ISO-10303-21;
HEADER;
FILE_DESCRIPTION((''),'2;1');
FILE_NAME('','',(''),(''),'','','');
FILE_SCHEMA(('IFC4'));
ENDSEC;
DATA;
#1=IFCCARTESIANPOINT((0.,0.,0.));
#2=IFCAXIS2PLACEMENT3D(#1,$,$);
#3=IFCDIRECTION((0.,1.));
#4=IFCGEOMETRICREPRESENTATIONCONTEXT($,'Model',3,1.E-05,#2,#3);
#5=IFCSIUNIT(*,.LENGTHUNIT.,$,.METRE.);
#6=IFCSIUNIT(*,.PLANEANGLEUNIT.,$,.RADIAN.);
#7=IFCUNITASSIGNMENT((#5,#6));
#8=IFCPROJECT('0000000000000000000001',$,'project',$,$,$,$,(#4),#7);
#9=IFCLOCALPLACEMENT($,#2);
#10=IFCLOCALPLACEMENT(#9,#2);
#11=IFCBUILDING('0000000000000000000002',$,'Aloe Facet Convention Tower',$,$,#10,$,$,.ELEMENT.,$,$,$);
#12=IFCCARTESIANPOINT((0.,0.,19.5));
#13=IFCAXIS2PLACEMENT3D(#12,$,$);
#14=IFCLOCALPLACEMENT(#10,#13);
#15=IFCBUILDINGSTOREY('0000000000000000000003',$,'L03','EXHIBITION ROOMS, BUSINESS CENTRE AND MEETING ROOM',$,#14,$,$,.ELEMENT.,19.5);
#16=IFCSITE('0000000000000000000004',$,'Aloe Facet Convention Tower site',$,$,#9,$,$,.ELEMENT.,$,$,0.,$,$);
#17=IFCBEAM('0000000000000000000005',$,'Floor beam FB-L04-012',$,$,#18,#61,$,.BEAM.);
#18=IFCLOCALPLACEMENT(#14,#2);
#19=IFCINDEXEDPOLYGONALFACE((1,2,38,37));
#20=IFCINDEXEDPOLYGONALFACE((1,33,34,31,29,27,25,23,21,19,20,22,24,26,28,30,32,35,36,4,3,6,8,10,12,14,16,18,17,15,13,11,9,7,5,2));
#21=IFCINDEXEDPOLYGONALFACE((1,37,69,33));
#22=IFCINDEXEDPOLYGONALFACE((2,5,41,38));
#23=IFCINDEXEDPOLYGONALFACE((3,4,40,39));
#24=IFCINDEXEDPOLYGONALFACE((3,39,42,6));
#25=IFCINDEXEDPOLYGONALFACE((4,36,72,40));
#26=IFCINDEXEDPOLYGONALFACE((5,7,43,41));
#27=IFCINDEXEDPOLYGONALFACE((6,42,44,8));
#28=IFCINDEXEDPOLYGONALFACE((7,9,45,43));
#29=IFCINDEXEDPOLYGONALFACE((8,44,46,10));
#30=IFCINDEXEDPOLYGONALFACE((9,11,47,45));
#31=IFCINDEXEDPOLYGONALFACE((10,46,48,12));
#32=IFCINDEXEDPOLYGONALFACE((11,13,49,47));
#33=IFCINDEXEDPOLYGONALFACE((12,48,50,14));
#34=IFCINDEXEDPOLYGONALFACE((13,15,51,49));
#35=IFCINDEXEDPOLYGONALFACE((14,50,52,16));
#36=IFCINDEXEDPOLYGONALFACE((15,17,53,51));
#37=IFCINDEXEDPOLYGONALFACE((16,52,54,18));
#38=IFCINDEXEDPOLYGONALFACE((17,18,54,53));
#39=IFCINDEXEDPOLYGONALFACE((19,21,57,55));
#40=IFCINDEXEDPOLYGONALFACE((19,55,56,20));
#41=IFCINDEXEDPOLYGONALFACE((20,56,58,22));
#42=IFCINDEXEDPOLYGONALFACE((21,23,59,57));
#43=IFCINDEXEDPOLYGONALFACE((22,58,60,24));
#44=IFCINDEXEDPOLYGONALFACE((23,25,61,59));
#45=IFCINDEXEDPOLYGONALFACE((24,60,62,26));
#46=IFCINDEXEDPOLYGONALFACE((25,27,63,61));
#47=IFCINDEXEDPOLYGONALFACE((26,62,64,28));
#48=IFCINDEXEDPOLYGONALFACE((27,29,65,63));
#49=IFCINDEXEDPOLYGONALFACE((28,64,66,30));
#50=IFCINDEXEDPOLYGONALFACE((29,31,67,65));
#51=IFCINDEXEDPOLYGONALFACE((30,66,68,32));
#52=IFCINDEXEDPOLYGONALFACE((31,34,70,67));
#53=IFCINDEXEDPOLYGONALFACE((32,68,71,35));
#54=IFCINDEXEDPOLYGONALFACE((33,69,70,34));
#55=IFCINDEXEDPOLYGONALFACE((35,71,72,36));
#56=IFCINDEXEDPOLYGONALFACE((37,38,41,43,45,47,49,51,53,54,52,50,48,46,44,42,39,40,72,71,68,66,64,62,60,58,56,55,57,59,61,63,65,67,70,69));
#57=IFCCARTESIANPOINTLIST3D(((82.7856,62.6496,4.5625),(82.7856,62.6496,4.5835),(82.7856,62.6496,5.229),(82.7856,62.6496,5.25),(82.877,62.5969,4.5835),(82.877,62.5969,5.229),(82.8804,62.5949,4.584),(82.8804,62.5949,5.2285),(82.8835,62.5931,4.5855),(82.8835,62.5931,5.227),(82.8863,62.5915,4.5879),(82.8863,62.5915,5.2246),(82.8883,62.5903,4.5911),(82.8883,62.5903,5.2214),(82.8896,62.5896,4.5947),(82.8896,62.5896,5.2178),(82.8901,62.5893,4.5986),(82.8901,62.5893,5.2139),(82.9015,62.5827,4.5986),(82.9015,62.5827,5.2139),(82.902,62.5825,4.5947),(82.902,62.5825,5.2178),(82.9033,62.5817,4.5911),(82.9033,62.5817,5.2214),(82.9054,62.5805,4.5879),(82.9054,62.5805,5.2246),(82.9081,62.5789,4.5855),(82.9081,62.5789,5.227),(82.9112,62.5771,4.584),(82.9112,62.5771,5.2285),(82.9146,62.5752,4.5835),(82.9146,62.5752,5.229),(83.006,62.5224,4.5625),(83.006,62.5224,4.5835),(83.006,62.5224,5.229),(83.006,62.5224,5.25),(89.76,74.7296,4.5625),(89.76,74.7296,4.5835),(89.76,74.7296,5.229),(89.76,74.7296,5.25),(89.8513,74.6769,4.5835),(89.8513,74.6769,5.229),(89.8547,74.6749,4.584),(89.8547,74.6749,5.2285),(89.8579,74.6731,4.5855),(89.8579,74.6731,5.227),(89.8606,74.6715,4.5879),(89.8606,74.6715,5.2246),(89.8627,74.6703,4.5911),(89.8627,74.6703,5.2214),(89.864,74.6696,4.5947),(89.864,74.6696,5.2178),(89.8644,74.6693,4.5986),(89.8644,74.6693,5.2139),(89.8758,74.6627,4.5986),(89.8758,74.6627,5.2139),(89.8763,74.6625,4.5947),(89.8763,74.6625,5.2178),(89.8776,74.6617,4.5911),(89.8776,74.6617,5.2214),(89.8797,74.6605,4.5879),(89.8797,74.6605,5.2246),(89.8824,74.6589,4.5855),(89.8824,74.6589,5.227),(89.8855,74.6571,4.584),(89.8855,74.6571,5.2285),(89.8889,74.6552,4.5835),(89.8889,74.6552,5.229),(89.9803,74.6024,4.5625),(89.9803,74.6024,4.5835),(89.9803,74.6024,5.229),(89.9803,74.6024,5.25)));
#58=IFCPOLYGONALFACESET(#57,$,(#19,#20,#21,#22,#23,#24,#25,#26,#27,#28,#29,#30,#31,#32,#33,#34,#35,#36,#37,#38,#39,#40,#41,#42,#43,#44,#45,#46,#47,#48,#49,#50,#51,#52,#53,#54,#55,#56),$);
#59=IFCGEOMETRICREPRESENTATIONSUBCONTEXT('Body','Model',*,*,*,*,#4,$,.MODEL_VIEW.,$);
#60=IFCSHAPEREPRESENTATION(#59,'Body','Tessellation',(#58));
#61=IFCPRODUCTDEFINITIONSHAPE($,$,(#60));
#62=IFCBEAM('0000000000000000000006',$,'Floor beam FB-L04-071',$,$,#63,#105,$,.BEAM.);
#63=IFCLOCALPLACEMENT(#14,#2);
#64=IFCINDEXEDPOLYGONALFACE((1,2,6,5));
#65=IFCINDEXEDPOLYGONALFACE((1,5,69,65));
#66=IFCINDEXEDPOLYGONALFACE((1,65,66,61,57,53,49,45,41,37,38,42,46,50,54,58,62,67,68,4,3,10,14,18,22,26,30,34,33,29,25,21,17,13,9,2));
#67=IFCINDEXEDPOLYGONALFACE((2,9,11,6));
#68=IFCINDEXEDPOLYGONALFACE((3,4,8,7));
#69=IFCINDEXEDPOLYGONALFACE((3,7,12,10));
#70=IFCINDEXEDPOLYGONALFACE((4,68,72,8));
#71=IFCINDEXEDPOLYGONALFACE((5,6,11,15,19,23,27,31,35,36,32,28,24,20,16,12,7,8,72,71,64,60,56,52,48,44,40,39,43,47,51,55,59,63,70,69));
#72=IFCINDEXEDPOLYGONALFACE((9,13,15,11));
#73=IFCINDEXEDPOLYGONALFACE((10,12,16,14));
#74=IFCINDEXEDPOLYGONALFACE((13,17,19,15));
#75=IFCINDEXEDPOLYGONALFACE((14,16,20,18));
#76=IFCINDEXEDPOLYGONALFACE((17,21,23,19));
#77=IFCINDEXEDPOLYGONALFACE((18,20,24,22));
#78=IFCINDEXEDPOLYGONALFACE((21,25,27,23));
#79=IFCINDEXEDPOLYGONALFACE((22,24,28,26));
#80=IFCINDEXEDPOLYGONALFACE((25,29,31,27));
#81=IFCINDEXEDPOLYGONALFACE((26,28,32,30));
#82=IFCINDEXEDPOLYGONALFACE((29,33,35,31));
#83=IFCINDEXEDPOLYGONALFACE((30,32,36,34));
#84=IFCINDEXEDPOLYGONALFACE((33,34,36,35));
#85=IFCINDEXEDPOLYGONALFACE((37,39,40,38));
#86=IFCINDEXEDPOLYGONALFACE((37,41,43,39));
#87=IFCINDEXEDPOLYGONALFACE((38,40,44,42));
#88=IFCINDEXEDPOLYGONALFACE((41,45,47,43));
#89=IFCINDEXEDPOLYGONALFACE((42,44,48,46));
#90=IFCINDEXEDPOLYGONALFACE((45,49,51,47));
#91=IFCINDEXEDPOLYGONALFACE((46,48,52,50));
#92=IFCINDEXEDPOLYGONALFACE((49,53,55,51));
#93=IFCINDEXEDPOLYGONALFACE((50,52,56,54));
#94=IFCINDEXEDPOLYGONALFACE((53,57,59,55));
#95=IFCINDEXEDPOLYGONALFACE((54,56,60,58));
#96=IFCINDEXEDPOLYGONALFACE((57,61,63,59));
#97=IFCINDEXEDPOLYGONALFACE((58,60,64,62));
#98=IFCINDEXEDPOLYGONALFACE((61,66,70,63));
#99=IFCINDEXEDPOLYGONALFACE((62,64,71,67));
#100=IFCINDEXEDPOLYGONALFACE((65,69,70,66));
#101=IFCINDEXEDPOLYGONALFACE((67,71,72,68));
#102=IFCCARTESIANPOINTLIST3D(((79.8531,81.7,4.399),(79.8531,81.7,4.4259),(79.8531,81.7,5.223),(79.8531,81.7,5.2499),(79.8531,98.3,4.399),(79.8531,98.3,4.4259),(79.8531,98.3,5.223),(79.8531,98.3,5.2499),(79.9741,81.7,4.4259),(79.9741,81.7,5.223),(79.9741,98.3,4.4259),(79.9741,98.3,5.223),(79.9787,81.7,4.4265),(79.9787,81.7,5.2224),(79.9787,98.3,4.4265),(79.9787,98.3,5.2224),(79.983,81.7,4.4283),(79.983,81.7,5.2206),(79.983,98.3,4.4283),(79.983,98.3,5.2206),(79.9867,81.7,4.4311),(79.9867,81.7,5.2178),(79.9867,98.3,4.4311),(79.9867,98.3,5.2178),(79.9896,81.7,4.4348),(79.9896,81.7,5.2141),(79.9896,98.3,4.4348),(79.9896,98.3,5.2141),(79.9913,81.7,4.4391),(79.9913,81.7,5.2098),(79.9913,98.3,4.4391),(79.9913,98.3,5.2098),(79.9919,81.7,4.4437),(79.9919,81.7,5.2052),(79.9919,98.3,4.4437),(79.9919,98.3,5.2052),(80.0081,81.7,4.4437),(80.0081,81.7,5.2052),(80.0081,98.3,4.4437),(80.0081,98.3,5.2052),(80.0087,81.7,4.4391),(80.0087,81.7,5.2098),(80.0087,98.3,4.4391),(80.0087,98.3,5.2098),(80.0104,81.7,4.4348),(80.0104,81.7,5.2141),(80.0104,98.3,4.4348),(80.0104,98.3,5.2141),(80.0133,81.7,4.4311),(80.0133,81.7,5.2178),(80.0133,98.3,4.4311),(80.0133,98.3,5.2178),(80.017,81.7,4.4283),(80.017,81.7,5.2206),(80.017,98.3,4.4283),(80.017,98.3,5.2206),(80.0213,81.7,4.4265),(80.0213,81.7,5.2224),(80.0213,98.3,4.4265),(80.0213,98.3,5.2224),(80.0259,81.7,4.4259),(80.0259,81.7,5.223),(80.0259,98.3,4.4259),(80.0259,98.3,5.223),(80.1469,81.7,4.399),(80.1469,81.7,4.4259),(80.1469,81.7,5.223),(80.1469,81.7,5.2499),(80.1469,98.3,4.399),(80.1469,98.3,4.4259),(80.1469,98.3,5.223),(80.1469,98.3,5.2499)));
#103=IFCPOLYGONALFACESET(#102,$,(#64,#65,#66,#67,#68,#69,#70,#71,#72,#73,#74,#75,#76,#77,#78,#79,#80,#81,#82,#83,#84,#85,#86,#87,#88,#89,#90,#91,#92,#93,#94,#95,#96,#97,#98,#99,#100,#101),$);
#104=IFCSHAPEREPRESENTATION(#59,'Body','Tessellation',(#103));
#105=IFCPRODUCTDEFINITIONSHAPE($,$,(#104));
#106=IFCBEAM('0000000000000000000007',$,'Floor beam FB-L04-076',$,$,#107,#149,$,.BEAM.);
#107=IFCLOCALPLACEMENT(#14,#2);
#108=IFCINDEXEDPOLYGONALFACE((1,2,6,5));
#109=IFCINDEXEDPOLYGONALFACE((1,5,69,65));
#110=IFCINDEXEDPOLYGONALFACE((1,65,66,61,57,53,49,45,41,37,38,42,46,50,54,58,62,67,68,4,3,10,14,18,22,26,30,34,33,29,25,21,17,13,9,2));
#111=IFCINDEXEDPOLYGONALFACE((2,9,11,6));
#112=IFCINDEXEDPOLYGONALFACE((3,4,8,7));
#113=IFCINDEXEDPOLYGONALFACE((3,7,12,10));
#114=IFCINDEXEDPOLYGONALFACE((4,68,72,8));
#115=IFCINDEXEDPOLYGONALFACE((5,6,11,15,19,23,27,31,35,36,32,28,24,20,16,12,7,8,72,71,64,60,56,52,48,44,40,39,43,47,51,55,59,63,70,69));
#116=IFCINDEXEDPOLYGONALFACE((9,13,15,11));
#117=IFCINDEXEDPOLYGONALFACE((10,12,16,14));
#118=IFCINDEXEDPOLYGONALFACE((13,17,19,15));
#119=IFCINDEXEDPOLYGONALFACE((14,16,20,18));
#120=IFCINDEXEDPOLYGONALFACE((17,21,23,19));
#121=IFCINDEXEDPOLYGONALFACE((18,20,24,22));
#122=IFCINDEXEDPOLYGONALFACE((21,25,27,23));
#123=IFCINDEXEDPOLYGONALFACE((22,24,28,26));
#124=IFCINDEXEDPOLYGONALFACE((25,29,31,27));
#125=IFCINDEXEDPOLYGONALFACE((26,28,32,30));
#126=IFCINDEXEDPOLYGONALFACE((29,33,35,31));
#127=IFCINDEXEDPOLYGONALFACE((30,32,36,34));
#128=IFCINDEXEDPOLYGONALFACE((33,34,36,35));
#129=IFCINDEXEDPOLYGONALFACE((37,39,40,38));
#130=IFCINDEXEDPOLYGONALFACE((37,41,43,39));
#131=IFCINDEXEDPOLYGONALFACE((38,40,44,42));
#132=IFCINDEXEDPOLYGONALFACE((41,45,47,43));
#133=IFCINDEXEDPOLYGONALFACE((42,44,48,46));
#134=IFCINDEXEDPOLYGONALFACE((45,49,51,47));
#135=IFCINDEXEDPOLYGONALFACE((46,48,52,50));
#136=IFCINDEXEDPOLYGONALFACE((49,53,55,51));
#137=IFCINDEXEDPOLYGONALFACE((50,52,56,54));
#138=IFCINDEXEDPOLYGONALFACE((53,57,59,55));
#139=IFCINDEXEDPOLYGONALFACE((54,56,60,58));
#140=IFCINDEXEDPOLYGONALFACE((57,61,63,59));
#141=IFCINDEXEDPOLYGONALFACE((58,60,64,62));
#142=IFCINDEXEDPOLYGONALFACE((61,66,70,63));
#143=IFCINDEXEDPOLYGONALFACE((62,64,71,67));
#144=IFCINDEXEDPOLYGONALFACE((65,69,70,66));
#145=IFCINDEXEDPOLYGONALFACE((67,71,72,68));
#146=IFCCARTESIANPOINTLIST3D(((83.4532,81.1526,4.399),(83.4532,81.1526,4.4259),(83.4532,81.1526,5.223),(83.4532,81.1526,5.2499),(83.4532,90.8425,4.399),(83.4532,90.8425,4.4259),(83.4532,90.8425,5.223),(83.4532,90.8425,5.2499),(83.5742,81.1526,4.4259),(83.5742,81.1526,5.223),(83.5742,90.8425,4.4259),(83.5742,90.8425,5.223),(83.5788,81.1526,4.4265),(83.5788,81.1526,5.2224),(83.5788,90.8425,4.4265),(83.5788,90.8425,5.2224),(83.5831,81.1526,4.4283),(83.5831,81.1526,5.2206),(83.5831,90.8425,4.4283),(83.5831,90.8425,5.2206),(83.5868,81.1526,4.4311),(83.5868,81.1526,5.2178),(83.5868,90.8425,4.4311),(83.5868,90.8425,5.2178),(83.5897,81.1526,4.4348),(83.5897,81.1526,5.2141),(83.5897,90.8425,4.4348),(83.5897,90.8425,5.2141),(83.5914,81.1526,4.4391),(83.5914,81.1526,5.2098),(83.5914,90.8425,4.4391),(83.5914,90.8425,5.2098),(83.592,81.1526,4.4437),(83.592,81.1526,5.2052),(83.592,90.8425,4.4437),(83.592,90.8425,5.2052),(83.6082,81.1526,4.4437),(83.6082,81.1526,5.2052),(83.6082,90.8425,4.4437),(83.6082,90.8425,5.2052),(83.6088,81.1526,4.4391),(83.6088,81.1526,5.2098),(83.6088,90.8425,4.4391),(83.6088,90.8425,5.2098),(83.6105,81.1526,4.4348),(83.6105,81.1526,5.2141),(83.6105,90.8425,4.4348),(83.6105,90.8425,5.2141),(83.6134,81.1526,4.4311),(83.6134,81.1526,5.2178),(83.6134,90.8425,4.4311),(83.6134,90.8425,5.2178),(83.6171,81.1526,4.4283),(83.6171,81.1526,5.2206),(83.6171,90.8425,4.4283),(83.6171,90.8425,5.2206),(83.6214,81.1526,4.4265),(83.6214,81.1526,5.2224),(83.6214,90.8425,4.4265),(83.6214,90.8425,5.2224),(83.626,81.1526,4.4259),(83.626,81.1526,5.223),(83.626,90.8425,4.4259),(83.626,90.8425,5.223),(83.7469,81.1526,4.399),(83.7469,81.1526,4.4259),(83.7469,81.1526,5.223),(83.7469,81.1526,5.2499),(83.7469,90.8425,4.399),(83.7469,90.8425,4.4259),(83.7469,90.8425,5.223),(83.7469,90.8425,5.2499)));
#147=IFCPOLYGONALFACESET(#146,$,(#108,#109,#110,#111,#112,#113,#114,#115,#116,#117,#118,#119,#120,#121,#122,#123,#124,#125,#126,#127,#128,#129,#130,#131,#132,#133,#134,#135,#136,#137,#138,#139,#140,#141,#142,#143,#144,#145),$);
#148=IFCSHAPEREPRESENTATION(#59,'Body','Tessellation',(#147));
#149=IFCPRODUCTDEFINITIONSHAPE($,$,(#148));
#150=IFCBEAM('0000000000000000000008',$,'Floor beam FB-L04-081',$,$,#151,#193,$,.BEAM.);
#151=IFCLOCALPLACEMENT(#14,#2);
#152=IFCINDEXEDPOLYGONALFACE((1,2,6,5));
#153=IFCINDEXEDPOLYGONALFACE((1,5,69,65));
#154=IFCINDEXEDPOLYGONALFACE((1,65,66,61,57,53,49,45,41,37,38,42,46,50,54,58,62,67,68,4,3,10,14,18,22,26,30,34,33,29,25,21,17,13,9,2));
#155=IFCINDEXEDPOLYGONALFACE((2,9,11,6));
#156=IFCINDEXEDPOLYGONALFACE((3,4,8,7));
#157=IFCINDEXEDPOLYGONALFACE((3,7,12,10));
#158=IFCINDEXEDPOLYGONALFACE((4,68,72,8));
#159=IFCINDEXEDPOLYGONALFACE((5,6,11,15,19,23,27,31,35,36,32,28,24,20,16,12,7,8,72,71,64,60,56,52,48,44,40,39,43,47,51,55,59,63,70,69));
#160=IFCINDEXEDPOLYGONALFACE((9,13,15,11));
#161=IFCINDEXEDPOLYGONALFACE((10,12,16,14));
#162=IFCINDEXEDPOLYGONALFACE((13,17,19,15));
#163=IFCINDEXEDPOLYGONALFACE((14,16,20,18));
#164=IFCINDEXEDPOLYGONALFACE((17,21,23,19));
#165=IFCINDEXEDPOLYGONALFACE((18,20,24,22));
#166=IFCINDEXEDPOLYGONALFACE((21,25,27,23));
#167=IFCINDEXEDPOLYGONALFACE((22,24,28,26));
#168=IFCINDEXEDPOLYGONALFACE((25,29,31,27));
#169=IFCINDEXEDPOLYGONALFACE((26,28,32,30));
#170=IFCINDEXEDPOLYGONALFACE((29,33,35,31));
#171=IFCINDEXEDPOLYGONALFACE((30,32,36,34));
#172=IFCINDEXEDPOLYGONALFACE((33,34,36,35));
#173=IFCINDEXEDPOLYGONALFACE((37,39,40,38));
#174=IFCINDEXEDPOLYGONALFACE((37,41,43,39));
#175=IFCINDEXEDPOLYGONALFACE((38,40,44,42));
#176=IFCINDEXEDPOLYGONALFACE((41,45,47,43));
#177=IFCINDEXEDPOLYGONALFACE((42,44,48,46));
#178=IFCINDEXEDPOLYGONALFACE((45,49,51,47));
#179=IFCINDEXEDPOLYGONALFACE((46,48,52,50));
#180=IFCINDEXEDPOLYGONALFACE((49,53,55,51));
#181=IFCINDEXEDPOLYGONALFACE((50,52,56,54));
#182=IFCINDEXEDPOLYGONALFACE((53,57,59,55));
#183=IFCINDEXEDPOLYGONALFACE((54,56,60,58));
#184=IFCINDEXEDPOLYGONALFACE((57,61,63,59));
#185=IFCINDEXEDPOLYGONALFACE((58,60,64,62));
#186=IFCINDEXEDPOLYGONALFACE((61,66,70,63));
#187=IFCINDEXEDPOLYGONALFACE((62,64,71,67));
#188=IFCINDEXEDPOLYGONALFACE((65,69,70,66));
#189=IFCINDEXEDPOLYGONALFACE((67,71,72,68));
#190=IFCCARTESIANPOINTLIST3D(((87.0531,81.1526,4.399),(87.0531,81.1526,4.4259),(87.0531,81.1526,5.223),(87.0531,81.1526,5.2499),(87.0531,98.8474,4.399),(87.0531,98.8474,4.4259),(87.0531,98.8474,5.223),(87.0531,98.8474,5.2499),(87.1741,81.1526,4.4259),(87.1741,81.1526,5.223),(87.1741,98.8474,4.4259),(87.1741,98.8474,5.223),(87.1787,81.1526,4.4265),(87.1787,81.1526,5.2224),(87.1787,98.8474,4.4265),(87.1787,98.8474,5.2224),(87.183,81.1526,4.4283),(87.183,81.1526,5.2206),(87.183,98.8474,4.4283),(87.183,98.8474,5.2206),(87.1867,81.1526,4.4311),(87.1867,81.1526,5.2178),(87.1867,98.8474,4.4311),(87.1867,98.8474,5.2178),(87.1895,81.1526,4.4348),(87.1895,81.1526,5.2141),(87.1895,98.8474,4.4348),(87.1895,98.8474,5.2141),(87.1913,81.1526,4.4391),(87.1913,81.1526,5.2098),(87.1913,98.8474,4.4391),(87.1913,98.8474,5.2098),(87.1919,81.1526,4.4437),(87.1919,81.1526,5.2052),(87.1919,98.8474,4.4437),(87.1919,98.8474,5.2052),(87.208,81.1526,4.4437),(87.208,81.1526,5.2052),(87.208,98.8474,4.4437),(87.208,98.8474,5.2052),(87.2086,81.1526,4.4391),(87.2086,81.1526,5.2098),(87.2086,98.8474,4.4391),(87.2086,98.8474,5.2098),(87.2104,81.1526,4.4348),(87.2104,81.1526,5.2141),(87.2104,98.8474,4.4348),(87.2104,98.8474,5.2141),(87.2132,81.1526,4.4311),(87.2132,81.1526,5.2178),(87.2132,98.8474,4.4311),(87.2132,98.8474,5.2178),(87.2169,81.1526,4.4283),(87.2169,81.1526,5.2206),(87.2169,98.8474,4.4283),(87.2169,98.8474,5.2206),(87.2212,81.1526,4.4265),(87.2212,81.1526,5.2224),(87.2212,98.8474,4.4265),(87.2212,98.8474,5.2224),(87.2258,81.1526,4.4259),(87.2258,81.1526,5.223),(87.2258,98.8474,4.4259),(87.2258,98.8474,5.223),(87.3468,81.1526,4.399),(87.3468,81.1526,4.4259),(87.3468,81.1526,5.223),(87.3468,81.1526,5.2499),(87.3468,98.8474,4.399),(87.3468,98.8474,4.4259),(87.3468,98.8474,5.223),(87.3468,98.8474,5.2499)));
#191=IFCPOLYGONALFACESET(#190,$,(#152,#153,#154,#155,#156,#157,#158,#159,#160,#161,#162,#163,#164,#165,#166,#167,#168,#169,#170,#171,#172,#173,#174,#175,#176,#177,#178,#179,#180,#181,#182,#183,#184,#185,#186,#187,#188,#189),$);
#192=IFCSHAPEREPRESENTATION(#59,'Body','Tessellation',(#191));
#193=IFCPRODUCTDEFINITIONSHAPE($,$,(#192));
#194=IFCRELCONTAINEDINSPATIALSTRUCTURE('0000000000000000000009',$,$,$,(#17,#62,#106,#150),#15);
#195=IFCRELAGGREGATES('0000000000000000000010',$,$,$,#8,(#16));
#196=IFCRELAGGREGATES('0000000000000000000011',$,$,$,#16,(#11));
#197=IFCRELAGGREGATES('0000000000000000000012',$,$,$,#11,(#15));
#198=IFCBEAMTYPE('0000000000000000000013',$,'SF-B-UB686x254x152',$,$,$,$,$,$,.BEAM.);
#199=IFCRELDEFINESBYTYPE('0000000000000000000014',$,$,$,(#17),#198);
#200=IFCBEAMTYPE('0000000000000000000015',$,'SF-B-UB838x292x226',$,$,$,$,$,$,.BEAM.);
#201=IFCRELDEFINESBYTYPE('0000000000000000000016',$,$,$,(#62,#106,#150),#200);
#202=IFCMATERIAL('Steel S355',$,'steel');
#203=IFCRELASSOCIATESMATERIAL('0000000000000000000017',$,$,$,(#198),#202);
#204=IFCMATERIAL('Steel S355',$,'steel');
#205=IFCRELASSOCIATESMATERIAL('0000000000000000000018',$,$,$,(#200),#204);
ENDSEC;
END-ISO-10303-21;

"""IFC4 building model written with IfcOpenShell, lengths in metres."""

from ifc_helpers import new_model, si_unit, direction, frame, origin, origin_2d, place, context, subcontext, project, spatial, i_section, extrude, material, material_profile, profile_set, type_object, element, save


model = new_model("IFC4")

# Units and contexts
model_context = context("Model", 3, precision=1e-05, world=origin(), true_north=direction((0.0, 1.0)))
body_context = subcontext(model_context, "Body", "Model", "MODEL_VIEW")
ifc_project = project(units=[si_unit("LENGTHUNIT", "METRE"), si_unit("PLANEANGLEUNIT", "RADIAN")], contexts=[model_context])

# Site, building, storey
site_placement = place(None, origin())
site = spatial("IfcSite", under=ifc_project, at=site_placement, Name="Aloe Facet Convention Tower site", CompositionType="ELEMENT", RefElevation=0.0)
building_placement = place(site_placement, origin())
building = spatial("IfcBuilding", under=site, at=building_placement, Name="Aloe Facet Convention Tower", CompositionType="ELEMENT")
storey_placement = place(building_placement, frame((0.0, 0.0, 19.5)))
storey = spatial("IfcBuildingStorey", under=building, at=storey_placement, Name="L03", Description="EXHIBITION ROOMS, BUSINESS CENTRE AND MEETING ROOM", CompositionType="ELEMENT", Elevation=19.5)

# Beams
ifc_material_1 = material(Name="Steel S355", Category="steel")
ifc_material_profile_1 = material_profile(ifc_material_1, i_section(OverallWidth=0.2544, OverallDepth=0.6875, WebThickness=0.0132, FlangeThickness=0.021, FilletRadius=0.0151, at=origin_2d()), Name="UB 686x254x152")
ifc_profile_set_1 = profile_set([ifc_material_profile_1], Name="Steel S355")
beam_type_1 = type_object("IfcBeamType", Name="SF-B-UB686x254x152", PredefinedType="BEAM", material=ifc_profile_set_1)
beam_1_placement = place(storey_placement, frame((89.8701, 74.666, 4.9062), z_axis=(-0.499996, -0.866028, 0.0), x_axis=(0.866028, -0.499996, 0.0)))
element("IfcBeam", 1, at=beam_1_placement, inside=storey, type_object=beam_type_1, Name="Floor beam FB-L04-012", PredefinedType="BEAM", context=body_context, shape_type="SweptSolid", body=[
    extrude(i_section(OverallWidth=0.2544, OverallDepth=0.6875, WebThickness=0.0132, FlangeThickness=0.021, FilletRadius=0.0151, at=origin_2d()), origin(), (0.0, 0.0, 1.0), 13.9487),
])
ifc_material_2 = material(Name="Steel S355", Category="steel")
ifc_material_profile_2 = material_profile(ifc_material_2, i_section(OverallWidth=0.2937, OverallDepth=0.8508, WebThickness=0.0161, FlangeThickness=0.0269, FilletRadius=0.0178, at=origin_2d()), Name="UB 838x292x226")
ifc_profile_set_2 = profile_set([ifc_material_profile_2], Name="Steel S355")
beam_type_2 = type_object("IfcBeamType", Name="SF-B-UB838x292x226", PredefinedType="BEAM", material=ifc_profile_set_2)
beam_2_placement = place(storey_placement, frame((80.0, 81.7, 4.8245), z_axis=(0.0, 1.0, 0.0), x_axis=(-1.0, 0.0, 0.0)))
element("IfcBeam", 2, at=beam_2_placement, inside=storey, type_object=beam_type_2, Name="Floor beam FB-L04-071", PredefinedType="BEAM", context=body_context, shape_type="SweptSolid", body=[
    extrude(i_section(OverallWidth=0.2937, OverallDepth=0.8508, WebThickness=0.0161, FlangeThickness=0.0269, FilletRadius=0.0178, at=origin_2d()), origin(), (0.0, 0.0, 1.0), 16.6001),
])
beam_3_placement = place(storey_placement, frame((83.6001, 81.1526, 4.8245), z_axis=(0.0, 1.0, 0.0), x_axis=(-1.0, 0.0, 0.0)))
element("IfcBeam", 3, at=beam_3_placement, inside=storey, type_object=beam_type_2, Name="Floor beam FB-L04-076", PredefinedType="BEAM", context=body_context, shape_type="SweptSolid", body=[
    extrude(i_section(OverallWidth=0.2937, OverallDepth=0.8508, WebThickness=0.0161, FlangeThickness=0.0269, FilletRadius=0.0178, at=origin_2d()), origin(), (0.0, 0.0, 1.0), 9.6899),
])
beam_4_placement = place(storey_placement, frame((87.2, 81.1526, 4.8245), z_axis=(0.0, 1.0, 0.0), x_axis=(-1.0, 0.0, 0.0)))
element("IfcBeam", 4, at=beam_4_placement, inside=storey, type_object=beam_type_2, Name="Floor beam FB-L04-081", PredefinedType="BEAM", context=body_context, shape_type="SweptSolid", body=[
    extrude(i_section(OverallWidth=0.2937, OverallDepth=0.8508, WebThickness=0.0161, FlangeThickness=0.0269, FilletRadius=0.0178, at=origin_2d()), origin(), (0.0, 0.0, 1.0), 17.6948),
])

save(model, "model.ifc")
